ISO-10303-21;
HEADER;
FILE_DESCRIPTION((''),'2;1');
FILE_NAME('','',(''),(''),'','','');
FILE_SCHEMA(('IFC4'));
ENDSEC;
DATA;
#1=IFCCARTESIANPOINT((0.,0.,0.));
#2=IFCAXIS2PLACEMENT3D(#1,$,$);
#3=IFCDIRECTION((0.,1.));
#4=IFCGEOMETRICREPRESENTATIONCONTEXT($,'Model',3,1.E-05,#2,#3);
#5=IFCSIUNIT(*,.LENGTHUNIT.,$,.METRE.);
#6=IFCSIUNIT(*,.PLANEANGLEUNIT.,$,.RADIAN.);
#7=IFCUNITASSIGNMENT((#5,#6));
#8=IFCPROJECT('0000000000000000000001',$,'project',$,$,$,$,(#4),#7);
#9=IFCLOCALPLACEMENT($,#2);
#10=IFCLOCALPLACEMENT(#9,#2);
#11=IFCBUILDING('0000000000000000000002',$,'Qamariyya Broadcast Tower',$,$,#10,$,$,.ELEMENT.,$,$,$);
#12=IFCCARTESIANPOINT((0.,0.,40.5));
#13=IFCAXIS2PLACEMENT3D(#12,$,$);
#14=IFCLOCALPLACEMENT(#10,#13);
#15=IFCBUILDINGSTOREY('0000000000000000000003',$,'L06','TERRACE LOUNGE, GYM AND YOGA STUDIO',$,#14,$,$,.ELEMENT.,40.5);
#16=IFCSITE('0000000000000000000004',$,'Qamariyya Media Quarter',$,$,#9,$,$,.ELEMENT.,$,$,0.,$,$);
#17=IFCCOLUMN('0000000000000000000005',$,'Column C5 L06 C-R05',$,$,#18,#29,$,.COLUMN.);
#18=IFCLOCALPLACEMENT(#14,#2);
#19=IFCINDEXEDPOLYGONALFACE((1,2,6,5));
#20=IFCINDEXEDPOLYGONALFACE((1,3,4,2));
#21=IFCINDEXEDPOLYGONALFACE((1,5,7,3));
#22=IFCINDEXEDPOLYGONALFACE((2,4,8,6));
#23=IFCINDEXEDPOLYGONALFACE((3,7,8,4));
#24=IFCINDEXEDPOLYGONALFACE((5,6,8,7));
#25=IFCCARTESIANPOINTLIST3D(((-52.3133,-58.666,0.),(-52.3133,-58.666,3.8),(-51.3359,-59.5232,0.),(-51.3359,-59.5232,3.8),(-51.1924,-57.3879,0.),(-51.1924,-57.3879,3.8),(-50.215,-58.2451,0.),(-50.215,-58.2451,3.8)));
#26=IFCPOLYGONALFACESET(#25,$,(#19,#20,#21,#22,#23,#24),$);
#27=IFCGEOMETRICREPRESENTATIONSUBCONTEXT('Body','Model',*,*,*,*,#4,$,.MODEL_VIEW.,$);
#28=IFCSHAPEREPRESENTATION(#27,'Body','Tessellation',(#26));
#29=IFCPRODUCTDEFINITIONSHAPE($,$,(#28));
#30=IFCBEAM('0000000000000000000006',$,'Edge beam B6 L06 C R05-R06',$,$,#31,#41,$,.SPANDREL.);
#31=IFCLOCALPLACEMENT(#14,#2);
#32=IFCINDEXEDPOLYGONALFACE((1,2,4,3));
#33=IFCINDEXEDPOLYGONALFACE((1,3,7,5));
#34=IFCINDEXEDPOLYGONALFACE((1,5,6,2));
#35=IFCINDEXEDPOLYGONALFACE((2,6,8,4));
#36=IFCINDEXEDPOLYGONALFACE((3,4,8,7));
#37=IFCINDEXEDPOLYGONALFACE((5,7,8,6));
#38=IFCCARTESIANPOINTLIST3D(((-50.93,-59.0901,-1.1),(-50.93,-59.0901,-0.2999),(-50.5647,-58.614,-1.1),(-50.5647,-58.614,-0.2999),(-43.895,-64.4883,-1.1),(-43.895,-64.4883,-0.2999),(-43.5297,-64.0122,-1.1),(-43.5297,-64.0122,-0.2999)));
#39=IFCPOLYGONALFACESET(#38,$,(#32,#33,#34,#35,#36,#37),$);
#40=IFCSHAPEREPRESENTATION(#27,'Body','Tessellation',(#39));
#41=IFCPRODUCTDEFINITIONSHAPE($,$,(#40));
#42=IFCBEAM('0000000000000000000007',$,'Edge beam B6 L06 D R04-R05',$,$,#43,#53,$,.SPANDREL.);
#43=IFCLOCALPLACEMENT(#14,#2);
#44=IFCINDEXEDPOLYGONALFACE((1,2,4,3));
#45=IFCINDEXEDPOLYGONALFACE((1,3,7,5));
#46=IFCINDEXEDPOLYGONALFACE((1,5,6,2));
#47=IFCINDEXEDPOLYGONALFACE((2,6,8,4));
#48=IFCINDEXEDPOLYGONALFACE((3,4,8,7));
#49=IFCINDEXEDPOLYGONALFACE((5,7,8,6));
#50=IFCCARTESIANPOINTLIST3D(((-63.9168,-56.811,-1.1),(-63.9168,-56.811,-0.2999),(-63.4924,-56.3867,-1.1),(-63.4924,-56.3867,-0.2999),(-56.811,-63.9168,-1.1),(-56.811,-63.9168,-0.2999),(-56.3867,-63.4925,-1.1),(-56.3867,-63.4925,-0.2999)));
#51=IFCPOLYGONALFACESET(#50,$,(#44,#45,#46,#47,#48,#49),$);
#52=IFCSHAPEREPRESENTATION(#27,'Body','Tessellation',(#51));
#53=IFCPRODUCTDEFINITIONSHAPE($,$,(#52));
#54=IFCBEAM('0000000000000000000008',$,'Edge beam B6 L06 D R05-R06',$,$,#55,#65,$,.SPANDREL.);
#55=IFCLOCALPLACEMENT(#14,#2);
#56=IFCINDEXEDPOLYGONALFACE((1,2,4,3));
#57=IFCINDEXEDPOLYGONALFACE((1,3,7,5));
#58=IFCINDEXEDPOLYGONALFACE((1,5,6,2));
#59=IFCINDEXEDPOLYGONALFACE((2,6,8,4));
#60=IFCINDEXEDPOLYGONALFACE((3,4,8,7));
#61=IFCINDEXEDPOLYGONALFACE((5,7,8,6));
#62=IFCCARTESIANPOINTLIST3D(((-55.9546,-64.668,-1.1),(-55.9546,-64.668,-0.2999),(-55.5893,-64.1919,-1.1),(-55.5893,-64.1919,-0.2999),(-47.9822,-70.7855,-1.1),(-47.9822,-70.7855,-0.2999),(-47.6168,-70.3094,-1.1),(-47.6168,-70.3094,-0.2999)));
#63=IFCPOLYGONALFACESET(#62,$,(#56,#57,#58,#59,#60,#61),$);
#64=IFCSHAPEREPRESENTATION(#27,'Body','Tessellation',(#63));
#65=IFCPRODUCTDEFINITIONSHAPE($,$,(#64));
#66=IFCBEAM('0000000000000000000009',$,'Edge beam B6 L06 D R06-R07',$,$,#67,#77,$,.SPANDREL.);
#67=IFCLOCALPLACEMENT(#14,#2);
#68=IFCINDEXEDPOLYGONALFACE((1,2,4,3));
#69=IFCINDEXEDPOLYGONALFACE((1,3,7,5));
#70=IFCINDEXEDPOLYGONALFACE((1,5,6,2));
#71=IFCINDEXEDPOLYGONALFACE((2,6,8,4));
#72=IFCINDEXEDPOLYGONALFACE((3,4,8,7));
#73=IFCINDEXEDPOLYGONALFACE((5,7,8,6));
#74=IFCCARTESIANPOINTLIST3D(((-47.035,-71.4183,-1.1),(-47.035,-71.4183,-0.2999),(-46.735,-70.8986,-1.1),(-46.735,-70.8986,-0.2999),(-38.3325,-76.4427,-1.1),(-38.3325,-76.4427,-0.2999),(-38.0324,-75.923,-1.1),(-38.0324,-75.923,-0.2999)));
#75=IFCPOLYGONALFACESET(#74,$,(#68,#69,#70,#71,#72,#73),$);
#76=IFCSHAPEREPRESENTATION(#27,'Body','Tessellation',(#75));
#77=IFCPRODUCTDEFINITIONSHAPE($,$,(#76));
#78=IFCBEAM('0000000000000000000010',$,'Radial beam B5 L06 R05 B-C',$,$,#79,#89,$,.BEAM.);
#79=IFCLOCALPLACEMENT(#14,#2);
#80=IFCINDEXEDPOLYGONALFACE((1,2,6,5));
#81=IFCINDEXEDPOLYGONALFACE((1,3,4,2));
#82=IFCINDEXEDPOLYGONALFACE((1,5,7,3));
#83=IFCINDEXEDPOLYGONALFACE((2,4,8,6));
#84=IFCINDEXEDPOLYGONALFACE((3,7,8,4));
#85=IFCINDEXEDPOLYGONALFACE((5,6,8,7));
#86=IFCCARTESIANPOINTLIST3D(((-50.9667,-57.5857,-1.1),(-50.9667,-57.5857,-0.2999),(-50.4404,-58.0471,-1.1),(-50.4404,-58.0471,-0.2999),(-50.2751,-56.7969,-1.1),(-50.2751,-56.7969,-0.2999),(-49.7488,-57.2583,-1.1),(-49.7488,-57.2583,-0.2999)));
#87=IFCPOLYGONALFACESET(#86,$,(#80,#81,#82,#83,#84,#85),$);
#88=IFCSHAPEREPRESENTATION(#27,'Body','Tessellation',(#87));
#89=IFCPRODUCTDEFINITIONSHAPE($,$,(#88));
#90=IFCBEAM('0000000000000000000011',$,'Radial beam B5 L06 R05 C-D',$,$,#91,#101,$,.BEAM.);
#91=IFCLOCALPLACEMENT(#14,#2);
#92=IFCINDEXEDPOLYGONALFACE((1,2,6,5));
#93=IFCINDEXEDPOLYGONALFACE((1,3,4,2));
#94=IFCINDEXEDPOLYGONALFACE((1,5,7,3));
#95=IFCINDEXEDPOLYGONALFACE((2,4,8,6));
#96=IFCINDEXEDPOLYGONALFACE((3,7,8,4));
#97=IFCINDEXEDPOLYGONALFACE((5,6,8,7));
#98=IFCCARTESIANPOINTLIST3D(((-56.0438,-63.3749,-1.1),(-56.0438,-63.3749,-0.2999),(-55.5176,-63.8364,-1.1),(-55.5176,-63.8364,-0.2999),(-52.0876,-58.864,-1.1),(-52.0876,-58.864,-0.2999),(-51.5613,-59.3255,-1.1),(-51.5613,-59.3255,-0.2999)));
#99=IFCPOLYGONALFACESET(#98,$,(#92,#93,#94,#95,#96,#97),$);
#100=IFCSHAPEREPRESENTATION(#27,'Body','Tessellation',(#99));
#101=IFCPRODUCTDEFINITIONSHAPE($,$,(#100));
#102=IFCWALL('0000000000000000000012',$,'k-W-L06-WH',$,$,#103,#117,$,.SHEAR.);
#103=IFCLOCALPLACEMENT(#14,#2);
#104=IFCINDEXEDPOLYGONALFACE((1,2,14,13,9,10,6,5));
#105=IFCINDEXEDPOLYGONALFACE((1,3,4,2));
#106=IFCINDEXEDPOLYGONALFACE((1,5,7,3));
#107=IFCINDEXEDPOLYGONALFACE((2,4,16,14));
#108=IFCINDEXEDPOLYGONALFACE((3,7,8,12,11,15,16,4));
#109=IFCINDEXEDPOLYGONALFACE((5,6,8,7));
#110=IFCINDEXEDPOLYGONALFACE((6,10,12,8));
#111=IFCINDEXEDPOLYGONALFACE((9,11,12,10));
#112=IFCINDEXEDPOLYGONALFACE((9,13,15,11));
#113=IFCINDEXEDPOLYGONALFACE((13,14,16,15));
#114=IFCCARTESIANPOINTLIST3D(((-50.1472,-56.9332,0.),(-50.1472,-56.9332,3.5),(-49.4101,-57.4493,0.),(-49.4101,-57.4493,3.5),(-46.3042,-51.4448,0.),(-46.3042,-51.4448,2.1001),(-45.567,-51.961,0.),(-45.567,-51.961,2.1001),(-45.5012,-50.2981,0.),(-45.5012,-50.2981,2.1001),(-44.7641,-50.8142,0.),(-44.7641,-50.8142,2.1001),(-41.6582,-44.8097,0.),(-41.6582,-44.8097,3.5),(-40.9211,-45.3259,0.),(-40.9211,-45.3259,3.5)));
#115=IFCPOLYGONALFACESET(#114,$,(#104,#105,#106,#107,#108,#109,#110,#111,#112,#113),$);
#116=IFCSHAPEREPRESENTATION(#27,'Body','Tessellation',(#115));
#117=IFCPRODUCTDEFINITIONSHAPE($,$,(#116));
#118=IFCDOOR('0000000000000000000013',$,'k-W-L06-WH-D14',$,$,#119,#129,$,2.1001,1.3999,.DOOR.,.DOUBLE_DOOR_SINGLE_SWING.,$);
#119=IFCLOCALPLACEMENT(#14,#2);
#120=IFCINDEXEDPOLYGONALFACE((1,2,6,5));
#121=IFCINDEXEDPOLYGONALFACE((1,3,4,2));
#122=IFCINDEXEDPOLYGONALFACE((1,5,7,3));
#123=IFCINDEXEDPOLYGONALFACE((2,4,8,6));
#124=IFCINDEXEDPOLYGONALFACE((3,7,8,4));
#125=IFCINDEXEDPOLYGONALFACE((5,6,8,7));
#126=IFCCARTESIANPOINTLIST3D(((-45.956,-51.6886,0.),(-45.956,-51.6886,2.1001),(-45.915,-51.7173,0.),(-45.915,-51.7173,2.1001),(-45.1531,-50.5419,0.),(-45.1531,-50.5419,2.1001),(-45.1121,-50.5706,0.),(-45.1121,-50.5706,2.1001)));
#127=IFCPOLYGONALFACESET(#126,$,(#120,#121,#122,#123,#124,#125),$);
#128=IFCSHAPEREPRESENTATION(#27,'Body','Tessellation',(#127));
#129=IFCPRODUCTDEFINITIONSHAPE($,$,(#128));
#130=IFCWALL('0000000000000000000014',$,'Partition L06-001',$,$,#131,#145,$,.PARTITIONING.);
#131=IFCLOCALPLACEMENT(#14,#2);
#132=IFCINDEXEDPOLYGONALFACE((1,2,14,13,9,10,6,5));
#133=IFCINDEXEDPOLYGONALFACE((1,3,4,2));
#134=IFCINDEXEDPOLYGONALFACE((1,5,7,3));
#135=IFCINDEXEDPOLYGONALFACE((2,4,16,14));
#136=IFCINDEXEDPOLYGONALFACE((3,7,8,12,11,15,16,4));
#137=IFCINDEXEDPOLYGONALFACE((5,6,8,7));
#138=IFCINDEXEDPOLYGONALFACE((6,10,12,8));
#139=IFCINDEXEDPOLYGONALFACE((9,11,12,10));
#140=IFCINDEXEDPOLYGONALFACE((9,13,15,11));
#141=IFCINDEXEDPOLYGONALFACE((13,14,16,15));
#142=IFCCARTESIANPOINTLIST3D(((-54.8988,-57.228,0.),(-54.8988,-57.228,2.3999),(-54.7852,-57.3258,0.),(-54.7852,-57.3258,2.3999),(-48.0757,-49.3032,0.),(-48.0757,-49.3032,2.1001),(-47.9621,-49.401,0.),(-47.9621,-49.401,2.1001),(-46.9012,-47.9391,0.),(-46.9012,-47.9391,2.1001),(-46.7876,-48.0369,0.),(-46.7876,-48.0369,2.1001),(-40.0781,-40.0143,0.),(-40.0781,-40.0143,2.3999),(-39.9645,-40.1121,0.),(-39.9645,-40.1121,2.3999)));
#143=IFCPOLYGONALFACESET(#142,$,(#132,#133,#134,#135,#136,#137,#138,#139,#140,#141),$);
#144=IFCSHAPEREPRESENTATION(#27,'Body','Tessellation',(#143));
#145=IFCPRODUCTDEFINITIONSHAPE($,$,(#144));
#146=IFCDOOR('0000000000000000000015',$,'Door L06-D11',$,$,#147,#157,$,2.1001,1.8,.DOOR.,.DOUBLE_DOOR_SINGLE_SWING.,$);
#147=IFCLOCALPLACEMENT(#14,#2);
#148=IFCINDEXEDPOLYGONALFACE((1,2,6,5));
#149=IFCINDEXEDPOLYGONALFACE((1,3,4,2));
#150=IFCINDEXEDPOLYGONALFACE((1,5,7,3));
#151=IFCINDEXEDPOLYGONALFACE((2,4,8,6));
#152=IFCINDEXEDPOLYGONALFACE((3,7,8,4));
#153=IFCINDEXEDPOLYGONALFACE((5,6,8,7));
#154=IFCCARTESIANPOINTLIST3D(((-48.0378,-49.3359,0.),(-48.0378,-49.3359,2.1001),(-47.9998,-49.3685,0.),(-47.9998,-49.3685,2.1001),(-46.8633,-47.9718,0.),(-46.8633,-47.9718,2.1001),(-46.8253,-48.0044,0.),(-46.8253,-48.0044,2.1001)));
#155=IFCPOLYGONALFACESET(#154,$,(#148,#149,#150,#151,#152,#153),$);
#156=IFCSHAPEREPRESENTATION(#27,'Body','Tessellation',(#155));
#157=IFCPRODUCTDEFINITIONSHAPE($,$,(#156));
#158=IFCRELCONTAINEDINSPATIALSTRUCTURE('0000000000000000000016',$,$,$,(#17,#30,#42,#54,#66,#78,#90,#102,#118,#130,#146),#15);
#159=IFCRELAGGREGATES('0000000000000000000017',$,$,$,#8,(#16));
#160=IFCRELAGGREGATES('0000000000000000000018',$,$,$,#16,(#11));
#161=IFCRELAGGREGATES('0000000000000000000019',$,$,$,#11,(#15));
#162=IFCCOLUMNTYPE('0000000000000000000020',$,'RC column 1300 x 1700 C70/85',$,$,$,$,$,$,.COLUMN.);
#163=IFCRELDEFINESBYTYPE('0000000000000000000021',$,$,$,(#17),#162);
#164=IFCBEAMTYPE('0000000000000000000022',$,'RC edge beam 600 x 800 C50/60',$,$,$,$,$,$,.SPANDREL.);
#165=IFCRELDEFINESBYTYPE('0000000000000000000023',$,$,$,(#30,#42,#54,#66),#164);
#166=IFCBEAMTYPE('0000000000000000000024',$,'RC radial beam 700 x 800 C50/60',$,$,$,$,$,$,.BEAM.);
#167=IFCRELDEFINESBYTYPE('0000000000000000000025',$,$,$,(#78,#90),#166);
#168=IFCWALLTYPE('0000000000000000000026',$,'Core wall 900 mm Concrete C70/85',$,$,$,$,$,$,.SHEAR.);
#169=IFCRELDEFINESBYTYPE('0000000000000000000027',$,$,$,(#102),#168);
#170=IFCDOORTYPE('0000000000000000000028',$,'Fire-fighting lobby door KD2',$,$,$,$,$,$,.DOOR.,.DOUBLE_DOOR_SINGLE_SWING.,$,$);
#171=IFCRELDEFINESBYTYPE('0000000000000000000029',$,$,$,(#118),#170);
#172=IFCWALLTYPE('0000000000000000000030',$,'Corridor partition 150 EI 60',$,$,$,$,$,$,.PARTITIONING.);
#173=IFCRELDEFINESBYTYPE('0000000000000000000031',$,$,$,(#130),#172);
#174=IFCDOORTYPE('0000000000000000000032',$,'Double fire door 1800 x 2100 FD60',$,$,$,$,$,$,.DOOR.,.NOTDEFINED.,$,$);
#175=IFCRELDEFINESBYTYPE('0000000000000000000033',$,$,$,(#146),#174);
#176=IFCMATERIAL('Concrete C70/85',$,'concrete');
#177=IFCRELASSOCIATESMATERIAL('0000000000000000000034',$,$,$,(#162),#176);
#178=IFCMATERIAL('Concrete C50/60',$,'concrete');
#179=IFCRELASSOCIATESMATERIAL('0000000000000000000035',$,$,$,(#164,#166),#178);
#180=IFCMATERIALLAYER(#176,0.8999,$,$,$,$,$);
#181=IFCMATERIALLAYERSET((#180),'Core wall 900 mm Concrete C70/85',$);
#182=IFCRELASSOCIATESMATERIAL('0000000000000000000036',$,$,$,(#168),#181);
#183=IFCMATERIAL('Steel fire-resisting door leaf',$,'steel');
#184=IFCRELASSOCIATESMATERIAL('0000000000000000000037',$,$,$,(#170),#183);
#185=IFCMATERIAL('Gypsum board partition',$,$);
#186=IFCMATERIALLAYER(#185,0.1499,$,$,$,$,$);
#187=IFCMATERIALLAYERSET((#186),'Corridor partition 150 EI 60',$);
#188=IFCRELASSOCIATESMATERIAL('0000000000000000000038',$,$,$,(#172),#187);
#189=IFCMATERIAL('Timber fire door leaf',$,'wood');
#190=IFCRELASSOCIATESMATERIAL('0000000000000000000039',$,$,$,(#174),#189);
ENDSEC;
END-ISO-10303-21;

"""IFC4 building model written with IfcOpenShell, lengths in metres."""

from ifc_helpers import new_model, si_unit, direction, frame, frame_2d, origin, origin_2d, place, context, subcontext, project, spatial, rectangle, extrude, material, layer, layer_set, material_profile, profile_set, type_object, element, fill, save


model = new_model("IFC4")

# Units and contexts
model_context = context("Model", 3, precision=1e-05, world=origin(), true_north=direction((0.0, 1.0)))
body_context = subcontext(model_context, "Body", "Model", "MODEL_VIEW")
ifc_project = project(units=[si_unit("LENGTHUNIT", "METRE"), si_unit("PLANEANGLEUNIT", "RADIAN")], contexts=[model_context])

# Site, building, storey
site_placement = place(None, origin())
site = spatial("IfcSite", under=ifc_project, at=site_placement, Name="Qamariyya Media Quarter", CompositionType="ELEMENT", RefElevation=0.0)
building_placement = place(site_placement, origin())
building = spatial("IfcBuilding", under=site, at=building_placement, Name="Qamariyya Broadcast Tower", CompositionType="ELEMENT")
storey_placement = place(building_placement, frame((0.0, 0.0, 40.5)))
storey = spatial("IfcBuildingStorey", under=building, at=storey_placement, Name="L06", Description="TERRACE LOUNGE, GYM AND YOGA STUDIO", CompositionType="ELEMENT", Elevation=40.5)

# Column
ifc_material_1 = material(Name="Concrete C70/85", Category="concrete")
ifc_material_profile_1 = material_profile(ifc_material_1, rectangle(XDim=1.3, YDim=1.7, at=origin_2d()))
ifc_profile_set_1 = profile_set([ifc_material_profile_1], Name="Concrete C70/85")
column_type = type_object("IfcColumnType", Name="RC column 1300 x 1700 C70/85", PredefinedType="COLUMN", material=ifc_profile_set_1)
column_placement = place(storey_placement, frame((-51.2642, -58.4556, 0.0), z_axis=(0.0, 0.0, 1.0), x_axis=(0.75184, -0.659346, 0.0)))
element("IfcColumn", 1, at=column_placement, inside=storey, type_object=column_type, Name="Column C5 L06 C-R05", PredefinedType="COLUMN", context=body_context, shape_type="SweptSolid", body=[
    extrude(rectangle(XDim=1.3, YDim=1.7, at=origin_2d()), origin(), (0.0, 0.0, 1.0), 3.8),
])

# Beams
ifc_material_2 = material(Name="Concrete C50/60", Category="concrete")
ifc_material_profile_2 = material_profile(ifc_material_2, rectangle(XDim=0.6001, YDim=0.8, at=origin_2d()))
ifc_profile_set_2 = profile_set([ifc_material_profile_2], Name="Concrete C50/60")
beam_type_1 = type_object("IfcBeamType", Name="RC edge beam 600 x 800 C50/60", PredefinedType="SPANDREL", material=ifc_profile_set_2)
beam_1_placement = place(storey_placement, frame((-50.7473, -58.8521, -0.7), z_axis=(0.793347, -0.60877, 0.0), x_axis=(0.60877, 0.793347, 0.0)))
element("IfcBeam", 2, at=beam_1_placement, inside=storey, type_object=beam_type_1, Name="Edge beam B6 L06 C R05-R06", PredefinedType="SPANDREL", context=body_context, shape_type="SweptSolid", body=[
    extrude(rectangle(XDim=0.6001, YDim=0.8, at=origin_2d()), origin(), (0.0, 0.0, 1.0), 8.8674),
])
for number, where, z_axis, x_axis, name in (
    (3, (-63.7046, -56.5989, -0.7), (0.707107, -0.707107, 0.0), (0.707107, 0.707107, 0.0), "Edge beam B6 L06 D R04-R05"),
    (4, (-55.772, -64.4299, -0.7), (0.793354, -0.60876, 0.0), (0.60876, 0.793354, 0.0), "Edge beam B6 L06 D R05-R06"),
):
    element("IfcBeam", number, at=place(storey_placement, frame(where, z_axis=z_axis, x_axis=x_axis)), inside=storey, type_object=beam_type_1, Name=name, PredefinedType="SPANDREL", context=body_context, shape_type="SweptSolid", body=[
        extrude(rectangle(XDim=0.6001, YDim=0.8, at=origin_2d()), origin(), (0.0, 0.0, 1.0), 10.0491),
    ])
beam_2_placement = place(storey_placement, frame((-46.885, -71.1584, -0.7), z_axis=(0.866028, -0.499996, 0.0), x_axis=(0.499996, 0.866028, 0.0)))
element("IfcBeam", 5, at=beam_2_placement, inside=storey, type_object=beam_type_1, Name="Edge beam B6 L06 D R06-R07", PredefinedType="SPANDREL", context=body_context, shape_type="SweptSolid", body=[
    extrude(rectangle(XDim=0.6001, YDim=0.8, at=origin_2d()), origin(), (0.0, 0.0, 1.0), 10.0488),
])
ifc_material_profile_3 = material_profile(ifc_material_2, rectangle(XDim=0.7, YDim=0.8, at=origin_2d()))
ifc_profile_set_3 = profile_set([ifc_material_profile_3], Name="Concrete C50/60")
beam_type_2 = type_object("IfcBeamType", Name="RC radial beam 700 x 800 C50/60", PredefinedType="BEAM", material=ifc_profile_set_3)
beam_3_placement = place(storey_placement, frame((-50.012, -57.0276, -0.7), z_axis=(-0.659279, -0.751899, 0.0), x_axis=(0.751899, -0.659279, 0.0)))
element("IfcBeam", 6, at=beam_3_placement, inside=storey, type_object=beam_type_2, Name="Radial beam B5 L06 R05 B-C", PredefinedType="BEAM", context=body_context, shape_type="SweptSolid", body=[
    extrude(rectangle(XDim=0.7, YDim=0.8, at=origin_2d()), origin(), (0.0, 0.0, 1.0), 1.0491),
])
beam_4_placement = place(storey_placement, frame((-51.8245, -59.0947, -0.7), z_axis=(-0.659371, -0.751818, 0.0), x_axis=(0.751818, -0.659371, 0.0)))
element("IfcBeam", 7, at=beam_4_placement, inside=storey, type_object=beam_type_2, Name="Radial beam B5 L06 R05 C-D", PredefinedType="BEAM", context=body_context, shape_type="SweptSolid", body=[
    extrude(rectangle(XDim=0.7, YDim=0.8, at=origin_2d()), origin(), (0.0, 0.0, 1.0), 6.0),
])

# Walls, openings, doors
ifc_layer_1 = layer(ifc_material_1, 0.8999)
ifc_layer_set_1 = layer_set([ifc_layer_1], Name="Core wall 900 mm Concrete C70/85")
wall_type_1 = type_object("IfcWallType", Name="Core wall 900 mm Concrete C70/85", PredefinedType="SHEAR", material=ifc_layer_set_1)
wall_1_placement = place(storey_placement, frame((-49.7786, -57.1912, 0.0), z_axis=(0.0, 0.0, 1.0), x_axis=(0.573577, 0.819151, 0.0)))
wall_1 = element("IfcWall", 8, at=wall_1_placement, inside=storey, type_object=wall_type_1, Name="k-W-L06-WH", PredefinedType="SHEAR", context=body_context, shape_type="SweptSolid", body=[
    extrude(rectangle(XDim=14.8, YDim=0.8999, at=frame_2d((7.3999, 0.0))), origin(), (0.0, 0.0, 1.0), 3.5),
])
opening_1_placement = place(wall_1_placement, frame((6.7, 0.0, 0.0)))
opening_1 = element("IfcOpeningElement", 9, at=opening_1_placement, cuts=wall_1, PredefinedType="OPENING", context=body_context, shape_type="SweptSolid", body=[
    extrude(rectangle(XDim=1.3999, YDim=2.1001, at=frame_2d((0.7, 1.05))), frame((0.0, 0.46, 0.0), z_axis=(0.0, -1.0, 0.0), x_axis=(1.0, 0.0, 0.0)), (0.0, 0.0, 1.0), 0.9199),
])
ifc_material_3 = material(Name="Steel fire-resisting door leaf", Category="steel")
door_type_1 = type_object("IfcDoorType", Name="Fire-fighting lobby door KD2", OperationType="DOUBLE_DOOR_SINGLE_SWING", PredefinedType="DOOR", material=ifc_material_3)
door_1_placement = place(opening_1_placement, origin())
door_1 = element("IfcDoor", 10, at=door_1_placement, inside=storey, type_object=door_type_1, Name="k-W-L06-WH-D14", OperationType="DOUBLE_DOOR_SINGLE_SWING", OverallHeight=2.1001, OverallWidth=1.3999, PredefinedType="DOOR", context=body_context, shape_type="SweptSolid", body=[
    extrude(rectangle(XDim=1.3999, YDim=2.1001, at=frame_2d((0.7, 1.05))), frame((0.0, 0.0249, 0.0), z_axis=(0.0, -1.0, 0.0), x_axis=(1.0, 0.0, 0.0)), (0.0, 0.0, 1.0), 0.05),
])
fill(opening_1, door_1)
ifc_material_4 = material(Name="Gypsum board partition")
ifc_layer_2 = layer(ifc_material_4, 0.1499)
ifc_layer_set_2 = layer_set([ifc_layer_2], Name="Corridor partition 150 EI 60")
wall_type_2 = type_object("IfcWallType", Name="Corridor partition 150 EI 60", PredefinedType="PARTITIONING", material=ifc_layer_set_2)
wall_2_placement = place(storey_placement, frame((-54.842, -57.2769, 0.0), z_axis=(0.0, 0.0, 1.0), x_axis=(0.652472, 0.757813, 0.0)))
wall_2 = element("IfcWall", 11, at=wall_2_placement, inside=storey, type_object=wall_type_2, Name="Partition L06-001", PredefinedType="PARTITIONING", context=body_context, shape_type="SweptSolid", body=[
    extrude(rectangle(XDim=22.7148, YDim=0.1499, at=frame_2d((11.3574, 0.0))), origin(), (0.0, 0.0, 1.0), 2.3999),
])
opening_2_placement = place(wall_2_placement, frame((10.4575, 0.0, 0.0)))
opening_2 = element("IfcOpeningElement", 12, at=opening_2_placement, cuts=wall_2, PredefinedType="OPENING", context=body_context, shape_type="SweptSolid", body=[
    extrude(rectangle(XDim=1.8, YDim=2.1001, at=frame_2d((0.8999, 1.05))), frame((0.0, 0.085, 0.0), z_axis=(0.0, -1.0, 0.0), x_axis=(1.0, 0.0, 0.0)), (0.0, 0.0, 1.0), 0.1699),
])
ifc_material_5 = material(Name="Timber fire door leaf", Category="wood")
door_type_2 = type_object("IfcDoorType", Name="Double fire door 1800 x 2100 FD60", OperationType="NOTDEFINED", PredefinedType="DOOR", material=ifc_material_5)
door_2_placement = place(opening_2_placement, origin())
door_2 = element("IfcDoor", 13, at=door_2_placement, inside=storey, type_object=door_type_2, Name="Door L06-D11", OperationType="DOUBLE_DOOR_SINGLE_SWING", OverallHeight=2.1001, OverallWidth=1.8, PredefinedType="DOOR", context=body_context, shape_type="SweptSolid", body=[
    extrude(rectangle(XDim=1.8, YDim=2.1001, at=frame_2d((0.8999, 1.05))), frame((0.0, 0.0249, 0.0), z_axis=(0.0, -1.0, 0.0), x_axis=(1.0, 0.0, 0.0)), (0.0, 0.0, 1.0), 0.05),
])
fill(opening_2, door_2)

save(model, "model.ifc")
